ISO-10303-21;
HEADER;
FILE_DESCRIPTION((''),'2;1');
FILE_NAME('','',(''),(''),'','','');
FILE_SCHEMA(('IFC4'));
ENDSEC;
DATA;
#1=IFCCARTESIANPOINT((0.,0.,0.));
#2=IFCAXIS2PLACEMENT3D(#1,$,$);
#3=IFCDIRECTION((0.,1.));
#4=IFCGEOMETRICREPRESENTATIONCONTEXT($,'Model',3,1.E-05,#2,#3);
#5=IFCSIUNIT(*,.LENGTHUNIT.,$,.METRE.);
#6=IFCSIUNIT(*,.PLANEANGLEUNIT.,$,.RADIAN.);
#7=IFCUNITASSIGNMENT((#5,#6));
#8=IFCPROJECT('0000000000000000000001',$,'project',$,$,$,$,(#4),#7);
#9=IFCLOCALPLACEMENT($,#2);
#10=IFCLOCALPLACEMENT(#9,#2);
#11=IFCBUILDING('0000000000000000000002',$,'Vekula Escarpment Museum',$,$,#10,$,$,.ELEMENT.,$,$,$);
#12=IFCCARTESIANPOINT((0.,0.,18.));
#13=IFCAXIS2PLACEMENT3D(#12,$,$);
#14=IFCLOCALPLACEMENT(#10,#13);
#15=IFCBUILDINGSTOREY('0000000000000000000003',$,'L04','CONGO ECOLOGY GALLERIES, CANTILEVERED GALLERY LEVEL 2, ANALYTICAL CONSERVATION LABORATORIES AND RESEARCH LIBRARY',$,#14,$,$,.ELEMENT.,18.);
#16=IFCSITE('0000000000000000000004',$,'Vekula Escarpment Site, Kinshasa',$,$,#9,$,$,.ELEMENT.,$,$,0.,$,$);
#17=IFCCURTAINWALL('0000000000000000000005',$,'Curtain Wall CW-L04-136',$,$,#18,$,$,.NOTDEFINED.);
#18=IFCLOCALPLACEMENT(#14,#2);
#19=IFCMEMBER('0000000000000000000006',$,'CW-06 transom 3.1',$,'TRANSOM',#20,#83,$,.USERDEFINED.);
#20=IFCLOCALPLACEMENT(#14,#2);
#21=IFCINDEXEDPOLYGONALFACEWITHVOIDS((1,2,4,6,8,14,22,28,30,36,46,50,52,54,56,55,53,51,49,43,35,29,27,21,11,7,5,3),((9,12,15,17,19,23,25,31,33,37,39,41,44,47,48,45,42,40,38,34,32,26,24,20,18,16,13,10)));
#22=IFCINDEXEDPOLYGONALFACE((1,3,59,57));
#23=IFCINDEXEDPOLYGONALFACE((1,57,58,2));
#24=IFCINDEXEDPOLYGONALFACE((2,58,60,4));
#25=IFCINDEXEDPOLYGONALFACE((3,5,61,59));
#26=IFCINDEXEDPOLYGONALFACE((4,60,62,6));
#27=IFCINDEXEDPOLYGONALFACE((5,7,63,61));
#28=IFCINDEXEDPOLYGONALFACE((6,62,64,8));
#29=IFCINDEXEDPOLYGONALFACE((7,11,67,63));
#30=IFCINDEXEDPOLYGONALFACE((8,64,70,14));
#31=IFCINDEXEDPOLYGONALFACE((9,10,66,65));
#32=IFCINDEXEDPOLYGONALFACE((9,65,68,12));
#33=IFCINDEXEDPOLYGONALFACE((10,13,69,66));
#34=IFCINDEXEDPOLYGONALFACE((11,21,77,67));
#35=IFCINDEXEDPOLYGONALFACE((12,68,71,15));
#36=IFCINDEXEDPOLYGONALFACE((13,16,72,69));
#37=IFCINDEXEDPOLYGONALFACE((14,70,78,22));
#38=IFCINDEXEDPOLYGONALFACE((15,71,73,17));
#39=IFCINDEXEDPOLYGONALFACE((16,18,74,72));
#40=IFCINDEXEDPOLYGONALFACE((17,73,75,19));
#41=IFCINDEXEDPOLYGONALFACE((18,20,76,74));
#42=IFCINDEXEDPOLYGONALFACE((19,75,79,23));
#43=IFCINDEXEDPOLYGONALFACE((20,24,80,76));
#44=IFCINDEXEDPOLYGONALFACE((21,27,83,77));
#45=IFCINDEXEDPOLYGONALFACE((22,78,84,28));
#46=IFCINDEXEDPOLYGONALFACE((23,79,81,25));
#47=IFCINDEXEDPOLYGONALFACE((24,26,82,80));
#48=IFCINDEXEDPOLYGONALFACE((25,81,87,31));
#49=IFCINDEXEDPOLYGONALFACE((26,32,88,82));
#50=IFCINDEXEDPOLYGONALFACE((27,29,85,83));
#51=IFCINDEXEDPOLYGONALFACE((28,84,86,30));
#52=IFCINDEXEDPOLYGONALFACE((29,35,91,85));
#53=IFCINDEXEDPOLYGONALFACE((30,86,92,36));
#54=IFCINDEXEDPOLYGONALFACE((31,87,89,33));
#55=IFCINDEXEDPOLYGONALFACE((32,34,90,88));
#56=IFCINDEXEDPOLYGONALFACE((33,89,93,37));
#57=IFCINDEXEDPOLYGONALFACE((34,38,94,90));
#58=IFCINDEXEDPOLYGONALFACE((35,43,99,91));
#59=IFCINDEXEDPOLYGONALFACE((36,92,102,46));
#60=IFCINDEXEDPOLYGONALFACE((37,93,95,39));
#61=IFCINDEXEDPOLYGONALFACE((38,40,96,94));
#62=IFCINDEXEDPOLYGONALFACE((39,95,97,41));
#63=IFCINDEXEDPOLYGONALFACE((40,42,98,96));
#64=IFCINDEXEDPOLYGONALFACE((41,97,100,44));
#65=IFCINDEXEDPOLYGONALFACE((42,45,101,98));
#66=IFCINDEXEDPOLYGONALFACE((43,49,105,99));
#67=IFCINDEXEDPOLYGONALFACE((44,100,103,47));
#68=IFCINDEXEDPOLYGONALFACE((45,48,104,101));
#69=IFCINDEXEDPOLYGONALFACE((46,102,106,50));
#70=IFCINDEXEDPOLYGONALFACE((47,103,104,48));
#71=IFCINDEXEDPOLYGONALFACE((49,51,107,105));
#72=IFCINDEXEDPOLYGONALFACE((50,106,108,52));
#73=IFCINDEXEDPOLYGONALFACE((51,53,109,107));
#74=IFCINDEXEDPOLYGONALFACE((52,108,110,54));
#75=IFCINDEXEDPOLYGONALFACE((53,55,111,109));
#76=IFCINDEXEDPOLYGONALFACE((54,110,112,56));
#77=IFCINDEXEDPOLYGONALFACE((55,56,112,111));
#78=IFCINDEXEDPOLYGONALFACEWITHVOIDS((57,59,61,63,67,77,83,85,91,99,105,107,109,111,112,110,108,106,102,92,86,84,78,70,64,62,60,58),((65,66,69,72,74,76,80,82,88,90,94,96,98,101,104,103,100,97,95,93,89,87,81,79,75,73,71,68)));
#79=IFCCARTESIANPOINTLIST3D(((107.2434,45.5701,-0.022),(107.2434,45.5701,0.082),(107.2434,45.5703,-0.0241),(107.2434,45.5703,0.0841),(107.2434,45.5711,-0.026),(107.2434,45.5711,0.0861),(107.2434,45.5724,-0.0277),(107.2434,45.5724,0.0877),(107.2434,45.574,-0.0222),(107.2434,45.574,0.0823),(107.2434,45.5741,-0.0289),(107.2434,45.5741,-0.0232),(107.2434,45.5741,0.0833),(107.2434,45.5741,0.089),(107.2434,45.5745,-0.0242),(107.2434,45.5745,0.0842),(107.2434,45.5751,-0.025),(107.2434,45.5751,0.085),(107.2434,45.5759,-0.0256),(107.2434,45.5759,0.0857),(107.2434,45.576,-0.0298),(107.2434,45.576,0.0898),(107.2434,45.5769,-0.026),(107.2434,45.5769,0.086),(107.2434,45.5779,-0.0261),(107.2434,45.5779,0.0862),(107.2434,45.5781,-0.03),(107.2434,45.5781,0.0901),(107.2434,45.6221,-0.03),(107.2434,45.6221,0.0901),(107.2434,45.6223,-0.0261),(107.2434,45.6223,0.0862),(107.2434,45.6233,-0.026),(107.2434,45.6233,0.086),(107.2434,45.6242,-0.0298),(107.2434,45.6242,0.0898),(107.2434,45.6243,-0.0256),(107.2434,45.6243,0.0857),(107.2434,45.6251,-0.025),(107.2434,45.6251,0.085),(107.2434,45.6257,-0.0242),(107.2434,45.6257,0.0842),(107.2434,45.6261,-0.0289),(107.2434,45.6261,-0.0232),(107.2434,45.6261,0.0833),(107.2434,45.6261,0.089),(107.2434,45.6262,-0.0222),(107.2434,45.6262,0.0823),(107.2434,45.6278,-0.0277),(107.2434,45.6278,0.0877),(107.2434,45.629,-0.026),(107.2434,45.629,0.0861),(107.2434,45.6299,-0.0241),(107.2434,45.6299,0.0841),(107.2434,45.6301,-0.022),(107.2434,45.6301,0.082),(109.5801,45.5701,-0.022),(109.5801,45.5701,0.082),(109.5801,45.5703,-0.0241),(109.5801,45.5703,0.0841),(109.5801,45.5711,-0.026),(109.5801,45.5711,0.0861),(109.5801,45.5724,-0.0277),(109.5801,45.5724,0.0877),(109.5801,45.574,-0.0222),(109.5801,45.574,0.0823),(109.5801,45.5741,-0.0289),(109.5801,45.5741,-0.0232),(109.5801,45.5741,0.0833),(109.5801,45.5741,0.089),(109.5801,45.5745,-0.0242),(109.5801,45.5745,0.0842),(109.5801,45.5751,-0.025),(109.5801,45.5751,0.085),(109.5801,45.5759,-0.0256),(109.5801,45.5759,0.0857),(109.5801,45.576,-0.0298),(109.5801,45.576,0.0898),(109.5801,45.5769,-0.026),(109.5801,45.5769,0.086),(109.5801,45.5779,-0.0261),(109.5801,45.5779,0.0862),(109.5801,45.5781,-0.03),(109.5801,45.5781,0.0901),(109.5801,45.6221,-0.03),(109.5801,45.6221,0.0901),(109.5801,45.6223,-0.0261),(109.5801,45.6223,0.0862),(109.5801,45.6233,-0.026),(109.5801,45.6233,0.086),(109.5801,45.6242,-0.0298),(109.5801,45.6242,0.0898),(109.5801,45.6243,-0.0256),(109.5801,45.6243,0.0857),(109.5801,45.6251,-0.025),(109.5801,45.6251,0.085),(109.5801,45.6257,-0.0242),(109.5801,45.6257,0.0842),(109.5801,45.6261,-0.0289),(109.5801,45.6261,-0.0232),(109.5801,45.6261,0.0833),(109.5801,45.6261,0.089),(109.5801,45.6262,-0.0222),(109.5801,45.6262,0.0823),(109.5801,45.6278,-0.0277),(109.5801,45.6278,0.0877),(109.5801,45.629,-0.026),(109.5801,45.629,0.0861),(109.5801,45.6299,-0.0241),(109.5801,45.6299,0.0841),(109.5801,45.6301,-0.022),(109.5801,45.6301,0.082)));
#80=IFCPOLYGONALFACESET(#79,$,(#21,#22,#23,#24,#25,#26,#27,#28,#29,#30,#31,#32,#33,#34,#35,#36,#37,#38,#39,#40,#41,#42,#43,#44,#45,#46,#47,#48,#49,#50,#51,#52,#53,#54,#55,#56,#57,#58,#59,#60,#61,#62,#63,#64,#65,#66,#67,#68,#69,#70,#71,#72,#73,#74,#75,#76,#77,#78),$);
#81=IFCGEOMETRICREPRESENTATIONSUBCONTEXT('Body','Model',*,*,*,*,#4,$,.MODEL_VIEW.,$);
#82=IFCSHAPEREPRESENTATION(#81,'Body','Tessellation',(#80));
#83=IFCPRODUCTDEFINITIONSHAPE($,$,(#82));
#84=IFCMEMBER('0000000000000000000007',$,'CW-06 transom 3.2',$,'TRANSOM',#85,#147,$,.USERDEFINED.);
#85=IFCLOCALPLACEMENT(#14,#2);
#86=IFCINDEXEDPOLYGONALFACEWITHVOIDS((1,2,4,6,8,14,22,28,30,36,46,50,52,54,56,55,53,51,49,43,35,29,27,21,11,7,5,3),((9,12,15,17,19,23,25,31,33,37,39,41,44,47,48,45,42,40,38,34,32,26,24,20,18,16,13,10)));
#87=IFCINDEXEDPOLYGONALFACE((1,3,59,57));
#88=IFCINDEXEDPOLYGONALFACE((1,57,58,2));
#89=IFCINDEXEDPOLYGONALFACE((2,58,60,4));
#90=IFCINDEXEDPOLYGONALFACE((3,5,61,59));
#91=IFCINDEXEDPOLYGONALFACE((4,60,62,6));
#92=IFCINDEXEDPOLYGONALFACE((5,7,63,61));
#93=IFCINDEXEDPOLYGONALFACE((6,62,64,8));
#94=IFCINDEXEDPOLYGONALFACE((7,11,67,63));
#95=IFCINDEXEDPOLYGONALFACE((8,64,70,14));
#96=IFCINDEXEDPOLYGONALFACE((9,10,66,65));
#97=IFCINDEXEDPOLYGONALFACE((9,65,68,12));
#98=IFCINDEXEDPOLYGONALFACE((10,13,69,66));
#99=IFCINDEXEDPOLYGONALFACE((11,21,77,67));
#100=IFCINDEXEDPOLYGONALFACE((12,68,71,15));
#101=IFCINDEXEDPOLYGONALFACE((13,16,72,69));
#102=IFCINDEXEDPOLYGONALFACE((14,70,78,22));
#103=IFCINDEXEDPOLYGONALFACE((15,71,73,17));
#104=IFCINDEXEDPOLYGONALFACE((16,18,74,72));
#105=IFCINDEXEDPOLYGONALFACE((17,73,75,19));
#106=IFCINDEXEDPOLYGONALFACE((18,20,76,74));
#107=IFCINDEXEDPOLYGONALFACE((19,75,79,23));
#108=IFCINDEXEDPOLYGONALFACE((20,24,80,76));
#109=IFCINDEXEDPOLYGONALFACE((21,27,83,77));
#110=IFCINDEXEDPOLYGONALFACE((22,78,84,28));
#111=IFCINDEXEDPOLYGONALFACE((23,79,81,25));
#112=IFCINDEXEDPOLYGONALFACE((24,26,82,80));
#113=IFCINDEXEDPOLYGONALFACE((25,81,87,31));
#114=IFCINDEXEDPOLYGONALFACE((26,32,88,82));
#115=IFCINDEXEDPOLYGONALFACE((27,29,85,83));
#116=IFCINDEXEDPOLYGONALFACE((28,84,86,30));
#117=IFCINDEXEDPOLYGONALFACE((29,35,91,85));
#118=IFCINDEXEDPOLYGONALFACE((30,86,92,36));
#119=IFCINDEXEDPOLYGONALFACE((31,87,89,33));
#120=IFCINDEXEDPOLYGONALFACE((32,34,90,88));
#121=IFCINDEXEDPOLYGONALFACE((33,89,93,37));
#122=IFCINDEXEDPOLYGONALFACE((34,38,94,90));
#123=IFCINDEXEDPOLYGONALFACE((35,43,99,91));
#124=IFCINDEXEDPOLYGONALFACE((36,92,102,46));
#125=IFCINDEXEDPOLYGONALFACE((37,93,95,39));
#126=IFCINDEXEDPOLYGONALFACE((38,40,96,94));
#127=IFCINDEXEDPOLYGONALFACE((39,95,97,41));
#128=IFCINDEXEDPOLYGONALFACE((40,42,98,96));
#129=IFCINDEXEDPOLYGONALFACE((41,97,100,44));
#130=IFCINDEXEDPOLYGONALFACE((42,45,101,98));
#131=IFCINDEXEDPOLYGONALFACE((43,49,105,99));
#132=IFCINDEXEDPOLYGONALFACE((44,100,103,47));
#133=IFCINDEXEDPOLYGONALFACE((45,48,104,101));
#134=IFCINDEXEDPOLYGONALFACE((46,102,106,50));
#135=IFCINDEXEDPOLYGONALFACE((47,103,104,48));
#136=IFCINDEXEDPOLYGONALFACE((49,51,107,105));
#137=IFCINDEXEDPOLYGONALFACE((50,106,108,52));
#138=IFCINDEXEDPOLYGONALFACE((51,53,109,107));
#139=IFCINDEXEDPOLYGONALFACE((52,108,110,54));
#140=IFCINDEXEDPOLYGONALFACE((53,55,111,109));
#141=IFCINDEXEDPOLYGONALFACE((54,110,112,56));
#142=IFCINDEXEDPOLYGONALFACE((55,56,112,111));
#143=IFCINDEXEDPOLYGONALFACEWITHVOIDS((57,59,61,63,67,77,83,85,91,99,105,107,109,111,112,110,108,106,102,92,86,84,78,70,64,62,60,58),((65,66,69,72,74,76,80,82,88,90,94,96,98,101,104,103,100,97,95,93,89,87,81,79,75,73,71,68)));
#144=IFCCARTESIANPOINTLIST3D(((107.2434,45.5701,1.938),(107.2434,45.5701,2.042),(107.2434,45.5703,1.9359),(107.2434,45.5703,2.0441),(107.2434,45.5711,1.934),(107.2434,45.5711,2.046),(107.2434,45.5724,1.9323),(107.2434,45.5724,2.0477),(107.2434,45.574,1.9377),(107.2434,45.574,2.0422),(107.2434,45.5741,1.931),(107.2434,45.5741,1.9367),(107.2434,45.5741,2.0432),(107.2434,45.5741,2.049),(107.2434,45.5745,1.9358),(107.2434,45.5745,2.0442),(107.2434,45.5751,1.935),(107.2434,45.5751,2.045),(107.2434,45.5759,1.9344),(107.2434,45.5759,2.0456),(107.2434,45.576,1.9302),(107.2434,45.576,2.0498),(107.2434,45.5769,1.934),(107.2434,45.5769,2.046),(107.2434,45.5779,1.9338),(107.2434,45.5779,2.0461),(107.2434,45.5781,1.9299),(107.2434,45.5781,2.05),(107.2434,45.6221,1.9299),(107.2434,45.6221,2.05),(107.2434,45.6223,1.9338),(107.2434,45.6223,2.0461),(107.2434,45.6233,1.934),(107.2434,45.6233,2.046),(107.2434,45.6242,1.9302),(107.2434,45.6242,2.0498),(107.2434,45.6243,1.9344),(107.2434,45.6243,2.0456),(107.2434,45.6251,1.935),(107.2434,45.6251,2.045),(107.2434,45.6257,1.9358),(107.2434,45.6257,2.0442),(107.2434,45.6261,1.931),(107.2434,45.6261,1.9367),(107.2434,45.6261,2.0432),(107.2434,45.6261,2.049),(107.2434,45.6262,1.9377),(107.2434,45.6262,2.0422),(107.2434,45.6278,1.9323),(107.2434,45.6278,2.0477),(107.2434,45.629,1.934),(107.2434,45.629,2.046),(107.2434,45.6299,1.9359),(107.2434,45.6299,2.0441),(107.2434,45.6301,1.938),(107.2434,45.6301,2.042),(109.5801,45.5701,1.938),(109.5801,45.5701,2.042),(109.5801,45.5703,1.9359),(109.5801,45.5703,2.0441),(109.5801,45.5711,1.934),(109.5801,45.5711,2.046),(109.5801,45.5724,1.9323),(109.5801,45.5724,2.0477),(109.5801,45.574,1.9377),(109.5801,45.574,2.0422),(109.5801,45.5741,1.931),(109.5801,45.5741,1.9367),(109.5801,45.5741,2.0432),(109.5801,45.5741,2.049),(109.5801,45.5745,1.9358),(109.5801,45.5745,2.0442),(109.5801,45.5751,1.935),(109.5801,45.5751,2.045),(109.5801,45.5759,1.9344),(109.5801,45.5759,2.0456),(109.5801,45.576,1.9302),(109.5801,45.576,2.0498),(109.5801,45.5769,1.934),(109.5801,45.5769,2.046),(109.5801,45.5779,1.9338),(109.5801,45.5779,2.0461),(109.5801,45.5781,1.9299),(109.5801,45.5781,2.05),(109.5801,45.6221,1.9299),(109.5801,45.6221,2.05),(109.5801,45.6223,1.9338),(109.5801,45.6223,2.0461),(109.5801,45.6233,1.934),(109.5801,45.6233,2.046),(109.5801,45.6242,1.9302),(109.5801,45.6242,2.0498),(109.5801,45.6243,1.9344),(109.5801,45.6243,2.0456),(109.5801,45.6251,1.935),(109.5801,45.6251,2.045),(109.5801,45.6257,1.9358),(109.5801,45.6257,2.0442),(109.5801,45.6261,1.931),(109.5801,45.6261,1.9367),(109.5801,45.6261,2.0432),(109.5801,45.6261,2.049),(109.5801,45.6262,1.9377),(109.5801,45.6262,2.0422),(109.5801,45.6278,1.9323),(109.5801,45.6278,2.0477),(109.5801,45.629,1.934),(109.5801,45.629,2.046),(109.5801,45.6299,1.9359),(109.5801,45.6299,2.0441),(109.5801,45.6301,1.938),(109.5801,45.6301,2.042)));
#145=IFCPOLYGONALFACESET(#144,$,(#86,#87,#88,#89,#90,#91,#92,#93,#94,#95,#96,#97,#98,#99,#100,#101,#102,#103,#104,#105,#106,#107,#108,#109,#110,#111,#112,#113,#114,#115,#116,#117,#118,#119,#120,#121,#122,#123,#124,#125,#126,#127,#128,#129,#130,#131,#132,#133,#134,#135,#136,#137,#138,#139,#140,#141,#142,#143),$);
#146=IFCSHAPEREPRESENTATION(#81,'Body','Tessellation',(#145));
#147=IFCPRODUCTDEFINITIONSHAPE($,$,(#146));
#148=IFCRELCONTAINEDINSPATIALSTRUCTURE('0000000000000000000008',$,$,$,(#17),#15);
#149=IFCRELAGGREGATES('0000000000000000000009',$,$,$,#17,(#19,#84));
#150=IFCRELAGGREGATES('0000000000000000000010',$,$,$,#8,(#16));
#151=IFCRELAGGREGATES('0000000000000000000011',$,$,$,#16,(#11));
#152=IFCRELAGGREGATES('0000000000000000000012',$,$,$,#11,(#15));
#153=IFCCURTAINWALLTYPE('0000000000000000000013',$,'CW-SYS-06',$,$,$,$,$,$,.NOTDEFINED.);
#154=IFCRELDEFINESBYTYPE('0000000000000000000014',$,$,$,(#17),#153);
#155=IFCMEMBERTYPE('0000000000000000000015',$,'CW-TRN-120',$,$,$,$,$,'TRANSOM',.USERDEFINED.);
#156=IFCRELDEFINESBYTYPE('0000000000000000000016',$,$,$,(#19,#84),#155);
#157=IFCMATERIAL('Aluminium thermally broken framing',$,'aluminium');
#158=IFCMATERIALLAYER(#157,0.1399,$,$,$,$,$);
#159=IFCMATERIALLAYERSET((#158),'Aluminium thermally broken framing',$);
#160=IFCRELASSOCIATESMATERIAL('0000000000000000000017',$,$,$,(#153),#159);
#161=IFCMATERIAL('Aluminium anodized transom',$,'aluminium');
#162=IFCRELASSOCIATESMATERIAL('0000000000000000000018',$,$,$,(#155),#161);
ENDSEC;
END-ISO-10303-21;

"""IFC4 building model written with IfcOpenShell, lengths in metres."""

from ifc_helpers import new_model, si_unit, direction, frame, origin, origin_2d, place, context, subcontext, project, spatial, hollow_rectangle, extrude, material, layer, layer_set, material_profile, profile_set, type_object, element, aggregate, save


model = new_model("IFC4")

# Units and contexts
model_context = context("Model", 3, precision=1e-05, world=origin(), true_north=direction((0.0, 1.0)))
body_context = subcontext(model_context, "Body", "Model", "MODEL_VIEW")
ifc_project = project(units=[si_unit("LENGTHUNIT", "METRE"), si_unit("PLANEANGLEUNIT", "RADIAN")], contexts=[model_context])

# Site, building, storey
site_placement = place(None, origin())
site = spatial("IfcSite", under=ifc_project, at=site_placement, Name="Vekula Escarpment Site, Kinshasa", CompositionType="ELEMENT", RefElevation=0.0)
building_placement = place(site_placement, origin())
building = spatial("IfcBuilding", under=site, at=building_placement, Name="Vekula Escarpment Museum", CompositionType="ELEMENT")
storey_placement = place(building_placement, frame((0.0, 0.0, 18.0)))
storey = spatial("IfcBuildingStorey", under=building, at=storey_placement, Name="L04", Description="CONGO ECOLOGY GALLERIES, CANTILEVERED GALLERY LEVEL 2, ANALYTICAL CONSERVATION LABORATORIES AND RESEARCH LIBRARY", CompositionType="ELEMENT", Elevation=18.0)

# Curtain wall, members
ifc_material_1 = material(Name="Aluminium thermally broken framing", Category="aluminium")
ifc_layer_1 = layer(ifc_material_1, 0.1399)
ifc_layer_set_1 = layer_set([ifc_layer_1], Name="Aluminium thermally broken framing")
curtain_wall_type_1 = type_object("IfcCurtainWallType", Name="CW-SYS-06", PredefinedType="NOTDEFINED", material=ifc_layer_set_1)
curtain_wall_1_placement = place(storey_placement, origin())
curtain_wall_1 = element("IfcCurtainWall", 1, at=curtain_wall_1_placement, inside=storey, type_object=curtain_wall_type_1, Name="Curtain Wall CW-L04-136", PredefinedType="NOTDEFINED")
ifc_material_2 = material(Name="Aluminium anodized transom", Category="aluminium")
ifc_material_profile_1 = material_profile(ifc_material_2, hollow_rectangle(XDim=0.0601, YDim=0.1201, WallThickness=0.0039, InnerFilletRadius=0.0039, OuterFilletRadius=0.0081, at=origin_2d()), Name="ALU 120x60x4")
ifc_profile_set_1 = profile_set([ifc_material_profile_1], Name="Aluminium anodized transom")
member_type_1 = type_object("IfcMemberType", Name="CW-TRN-120", ElementType="TRANSOM", PredefinedType="USERDEFINED", material=ifc_profile_set_1)
member_1_placement = place(storey_placement, frame((107.2434, 45.6001, 0.03), z_axis=(1.0, 0.0, 0.0), x_axis=(0.0, 1.0, 0.0)))
member_1 = element("IfcMember", 2, at=member_1_placement, type_object=member_type_1, Name="CW-06 transom 3.1", ObjectType="TRANSOM", PredefinedType="USERDEFINED", context=body_context, shape_type="SweptSolid", body=[
    extrude(hollow_rectangle(XDim=0.0601, YDim=0.1201, WallThickness=0.0039, InnerFilletRadius=0.0039, OuterFilletRadius=0.0081, at=origin_2d()), origin(), (0.0, 0.0, 1.0), 2.3367),
])
member_2_placement = place(storey_placement, frame((107.2434, 45.6001, 1.99), z_axis=(1.0, 0.0, 0.0), x_axis=(0.0, 1.0, 0.0)))
member_2 = element("IfcMember", 3, at=member_2_placement, type_object=member_type_1, Name="CW-06 transom 3.2", ObjectType="TRANSOM", PredefinedType="USERDEFINED", context=body_context, shape_type="SweptSolid", body=[
    extrude(hollow_rectangle(XDim=0.0601, YDim=0.1201, WallThickness=0.0039, InnerFilletRadius=0.0039, OuterFilletRadius=0.0081, at=origin_2d()), origin(), (0.0, 0.0, 1.0), 2.3367),
])

aggregate(curtain_wall_1, [member_1, member_2])

save(model, "model.ifc")
